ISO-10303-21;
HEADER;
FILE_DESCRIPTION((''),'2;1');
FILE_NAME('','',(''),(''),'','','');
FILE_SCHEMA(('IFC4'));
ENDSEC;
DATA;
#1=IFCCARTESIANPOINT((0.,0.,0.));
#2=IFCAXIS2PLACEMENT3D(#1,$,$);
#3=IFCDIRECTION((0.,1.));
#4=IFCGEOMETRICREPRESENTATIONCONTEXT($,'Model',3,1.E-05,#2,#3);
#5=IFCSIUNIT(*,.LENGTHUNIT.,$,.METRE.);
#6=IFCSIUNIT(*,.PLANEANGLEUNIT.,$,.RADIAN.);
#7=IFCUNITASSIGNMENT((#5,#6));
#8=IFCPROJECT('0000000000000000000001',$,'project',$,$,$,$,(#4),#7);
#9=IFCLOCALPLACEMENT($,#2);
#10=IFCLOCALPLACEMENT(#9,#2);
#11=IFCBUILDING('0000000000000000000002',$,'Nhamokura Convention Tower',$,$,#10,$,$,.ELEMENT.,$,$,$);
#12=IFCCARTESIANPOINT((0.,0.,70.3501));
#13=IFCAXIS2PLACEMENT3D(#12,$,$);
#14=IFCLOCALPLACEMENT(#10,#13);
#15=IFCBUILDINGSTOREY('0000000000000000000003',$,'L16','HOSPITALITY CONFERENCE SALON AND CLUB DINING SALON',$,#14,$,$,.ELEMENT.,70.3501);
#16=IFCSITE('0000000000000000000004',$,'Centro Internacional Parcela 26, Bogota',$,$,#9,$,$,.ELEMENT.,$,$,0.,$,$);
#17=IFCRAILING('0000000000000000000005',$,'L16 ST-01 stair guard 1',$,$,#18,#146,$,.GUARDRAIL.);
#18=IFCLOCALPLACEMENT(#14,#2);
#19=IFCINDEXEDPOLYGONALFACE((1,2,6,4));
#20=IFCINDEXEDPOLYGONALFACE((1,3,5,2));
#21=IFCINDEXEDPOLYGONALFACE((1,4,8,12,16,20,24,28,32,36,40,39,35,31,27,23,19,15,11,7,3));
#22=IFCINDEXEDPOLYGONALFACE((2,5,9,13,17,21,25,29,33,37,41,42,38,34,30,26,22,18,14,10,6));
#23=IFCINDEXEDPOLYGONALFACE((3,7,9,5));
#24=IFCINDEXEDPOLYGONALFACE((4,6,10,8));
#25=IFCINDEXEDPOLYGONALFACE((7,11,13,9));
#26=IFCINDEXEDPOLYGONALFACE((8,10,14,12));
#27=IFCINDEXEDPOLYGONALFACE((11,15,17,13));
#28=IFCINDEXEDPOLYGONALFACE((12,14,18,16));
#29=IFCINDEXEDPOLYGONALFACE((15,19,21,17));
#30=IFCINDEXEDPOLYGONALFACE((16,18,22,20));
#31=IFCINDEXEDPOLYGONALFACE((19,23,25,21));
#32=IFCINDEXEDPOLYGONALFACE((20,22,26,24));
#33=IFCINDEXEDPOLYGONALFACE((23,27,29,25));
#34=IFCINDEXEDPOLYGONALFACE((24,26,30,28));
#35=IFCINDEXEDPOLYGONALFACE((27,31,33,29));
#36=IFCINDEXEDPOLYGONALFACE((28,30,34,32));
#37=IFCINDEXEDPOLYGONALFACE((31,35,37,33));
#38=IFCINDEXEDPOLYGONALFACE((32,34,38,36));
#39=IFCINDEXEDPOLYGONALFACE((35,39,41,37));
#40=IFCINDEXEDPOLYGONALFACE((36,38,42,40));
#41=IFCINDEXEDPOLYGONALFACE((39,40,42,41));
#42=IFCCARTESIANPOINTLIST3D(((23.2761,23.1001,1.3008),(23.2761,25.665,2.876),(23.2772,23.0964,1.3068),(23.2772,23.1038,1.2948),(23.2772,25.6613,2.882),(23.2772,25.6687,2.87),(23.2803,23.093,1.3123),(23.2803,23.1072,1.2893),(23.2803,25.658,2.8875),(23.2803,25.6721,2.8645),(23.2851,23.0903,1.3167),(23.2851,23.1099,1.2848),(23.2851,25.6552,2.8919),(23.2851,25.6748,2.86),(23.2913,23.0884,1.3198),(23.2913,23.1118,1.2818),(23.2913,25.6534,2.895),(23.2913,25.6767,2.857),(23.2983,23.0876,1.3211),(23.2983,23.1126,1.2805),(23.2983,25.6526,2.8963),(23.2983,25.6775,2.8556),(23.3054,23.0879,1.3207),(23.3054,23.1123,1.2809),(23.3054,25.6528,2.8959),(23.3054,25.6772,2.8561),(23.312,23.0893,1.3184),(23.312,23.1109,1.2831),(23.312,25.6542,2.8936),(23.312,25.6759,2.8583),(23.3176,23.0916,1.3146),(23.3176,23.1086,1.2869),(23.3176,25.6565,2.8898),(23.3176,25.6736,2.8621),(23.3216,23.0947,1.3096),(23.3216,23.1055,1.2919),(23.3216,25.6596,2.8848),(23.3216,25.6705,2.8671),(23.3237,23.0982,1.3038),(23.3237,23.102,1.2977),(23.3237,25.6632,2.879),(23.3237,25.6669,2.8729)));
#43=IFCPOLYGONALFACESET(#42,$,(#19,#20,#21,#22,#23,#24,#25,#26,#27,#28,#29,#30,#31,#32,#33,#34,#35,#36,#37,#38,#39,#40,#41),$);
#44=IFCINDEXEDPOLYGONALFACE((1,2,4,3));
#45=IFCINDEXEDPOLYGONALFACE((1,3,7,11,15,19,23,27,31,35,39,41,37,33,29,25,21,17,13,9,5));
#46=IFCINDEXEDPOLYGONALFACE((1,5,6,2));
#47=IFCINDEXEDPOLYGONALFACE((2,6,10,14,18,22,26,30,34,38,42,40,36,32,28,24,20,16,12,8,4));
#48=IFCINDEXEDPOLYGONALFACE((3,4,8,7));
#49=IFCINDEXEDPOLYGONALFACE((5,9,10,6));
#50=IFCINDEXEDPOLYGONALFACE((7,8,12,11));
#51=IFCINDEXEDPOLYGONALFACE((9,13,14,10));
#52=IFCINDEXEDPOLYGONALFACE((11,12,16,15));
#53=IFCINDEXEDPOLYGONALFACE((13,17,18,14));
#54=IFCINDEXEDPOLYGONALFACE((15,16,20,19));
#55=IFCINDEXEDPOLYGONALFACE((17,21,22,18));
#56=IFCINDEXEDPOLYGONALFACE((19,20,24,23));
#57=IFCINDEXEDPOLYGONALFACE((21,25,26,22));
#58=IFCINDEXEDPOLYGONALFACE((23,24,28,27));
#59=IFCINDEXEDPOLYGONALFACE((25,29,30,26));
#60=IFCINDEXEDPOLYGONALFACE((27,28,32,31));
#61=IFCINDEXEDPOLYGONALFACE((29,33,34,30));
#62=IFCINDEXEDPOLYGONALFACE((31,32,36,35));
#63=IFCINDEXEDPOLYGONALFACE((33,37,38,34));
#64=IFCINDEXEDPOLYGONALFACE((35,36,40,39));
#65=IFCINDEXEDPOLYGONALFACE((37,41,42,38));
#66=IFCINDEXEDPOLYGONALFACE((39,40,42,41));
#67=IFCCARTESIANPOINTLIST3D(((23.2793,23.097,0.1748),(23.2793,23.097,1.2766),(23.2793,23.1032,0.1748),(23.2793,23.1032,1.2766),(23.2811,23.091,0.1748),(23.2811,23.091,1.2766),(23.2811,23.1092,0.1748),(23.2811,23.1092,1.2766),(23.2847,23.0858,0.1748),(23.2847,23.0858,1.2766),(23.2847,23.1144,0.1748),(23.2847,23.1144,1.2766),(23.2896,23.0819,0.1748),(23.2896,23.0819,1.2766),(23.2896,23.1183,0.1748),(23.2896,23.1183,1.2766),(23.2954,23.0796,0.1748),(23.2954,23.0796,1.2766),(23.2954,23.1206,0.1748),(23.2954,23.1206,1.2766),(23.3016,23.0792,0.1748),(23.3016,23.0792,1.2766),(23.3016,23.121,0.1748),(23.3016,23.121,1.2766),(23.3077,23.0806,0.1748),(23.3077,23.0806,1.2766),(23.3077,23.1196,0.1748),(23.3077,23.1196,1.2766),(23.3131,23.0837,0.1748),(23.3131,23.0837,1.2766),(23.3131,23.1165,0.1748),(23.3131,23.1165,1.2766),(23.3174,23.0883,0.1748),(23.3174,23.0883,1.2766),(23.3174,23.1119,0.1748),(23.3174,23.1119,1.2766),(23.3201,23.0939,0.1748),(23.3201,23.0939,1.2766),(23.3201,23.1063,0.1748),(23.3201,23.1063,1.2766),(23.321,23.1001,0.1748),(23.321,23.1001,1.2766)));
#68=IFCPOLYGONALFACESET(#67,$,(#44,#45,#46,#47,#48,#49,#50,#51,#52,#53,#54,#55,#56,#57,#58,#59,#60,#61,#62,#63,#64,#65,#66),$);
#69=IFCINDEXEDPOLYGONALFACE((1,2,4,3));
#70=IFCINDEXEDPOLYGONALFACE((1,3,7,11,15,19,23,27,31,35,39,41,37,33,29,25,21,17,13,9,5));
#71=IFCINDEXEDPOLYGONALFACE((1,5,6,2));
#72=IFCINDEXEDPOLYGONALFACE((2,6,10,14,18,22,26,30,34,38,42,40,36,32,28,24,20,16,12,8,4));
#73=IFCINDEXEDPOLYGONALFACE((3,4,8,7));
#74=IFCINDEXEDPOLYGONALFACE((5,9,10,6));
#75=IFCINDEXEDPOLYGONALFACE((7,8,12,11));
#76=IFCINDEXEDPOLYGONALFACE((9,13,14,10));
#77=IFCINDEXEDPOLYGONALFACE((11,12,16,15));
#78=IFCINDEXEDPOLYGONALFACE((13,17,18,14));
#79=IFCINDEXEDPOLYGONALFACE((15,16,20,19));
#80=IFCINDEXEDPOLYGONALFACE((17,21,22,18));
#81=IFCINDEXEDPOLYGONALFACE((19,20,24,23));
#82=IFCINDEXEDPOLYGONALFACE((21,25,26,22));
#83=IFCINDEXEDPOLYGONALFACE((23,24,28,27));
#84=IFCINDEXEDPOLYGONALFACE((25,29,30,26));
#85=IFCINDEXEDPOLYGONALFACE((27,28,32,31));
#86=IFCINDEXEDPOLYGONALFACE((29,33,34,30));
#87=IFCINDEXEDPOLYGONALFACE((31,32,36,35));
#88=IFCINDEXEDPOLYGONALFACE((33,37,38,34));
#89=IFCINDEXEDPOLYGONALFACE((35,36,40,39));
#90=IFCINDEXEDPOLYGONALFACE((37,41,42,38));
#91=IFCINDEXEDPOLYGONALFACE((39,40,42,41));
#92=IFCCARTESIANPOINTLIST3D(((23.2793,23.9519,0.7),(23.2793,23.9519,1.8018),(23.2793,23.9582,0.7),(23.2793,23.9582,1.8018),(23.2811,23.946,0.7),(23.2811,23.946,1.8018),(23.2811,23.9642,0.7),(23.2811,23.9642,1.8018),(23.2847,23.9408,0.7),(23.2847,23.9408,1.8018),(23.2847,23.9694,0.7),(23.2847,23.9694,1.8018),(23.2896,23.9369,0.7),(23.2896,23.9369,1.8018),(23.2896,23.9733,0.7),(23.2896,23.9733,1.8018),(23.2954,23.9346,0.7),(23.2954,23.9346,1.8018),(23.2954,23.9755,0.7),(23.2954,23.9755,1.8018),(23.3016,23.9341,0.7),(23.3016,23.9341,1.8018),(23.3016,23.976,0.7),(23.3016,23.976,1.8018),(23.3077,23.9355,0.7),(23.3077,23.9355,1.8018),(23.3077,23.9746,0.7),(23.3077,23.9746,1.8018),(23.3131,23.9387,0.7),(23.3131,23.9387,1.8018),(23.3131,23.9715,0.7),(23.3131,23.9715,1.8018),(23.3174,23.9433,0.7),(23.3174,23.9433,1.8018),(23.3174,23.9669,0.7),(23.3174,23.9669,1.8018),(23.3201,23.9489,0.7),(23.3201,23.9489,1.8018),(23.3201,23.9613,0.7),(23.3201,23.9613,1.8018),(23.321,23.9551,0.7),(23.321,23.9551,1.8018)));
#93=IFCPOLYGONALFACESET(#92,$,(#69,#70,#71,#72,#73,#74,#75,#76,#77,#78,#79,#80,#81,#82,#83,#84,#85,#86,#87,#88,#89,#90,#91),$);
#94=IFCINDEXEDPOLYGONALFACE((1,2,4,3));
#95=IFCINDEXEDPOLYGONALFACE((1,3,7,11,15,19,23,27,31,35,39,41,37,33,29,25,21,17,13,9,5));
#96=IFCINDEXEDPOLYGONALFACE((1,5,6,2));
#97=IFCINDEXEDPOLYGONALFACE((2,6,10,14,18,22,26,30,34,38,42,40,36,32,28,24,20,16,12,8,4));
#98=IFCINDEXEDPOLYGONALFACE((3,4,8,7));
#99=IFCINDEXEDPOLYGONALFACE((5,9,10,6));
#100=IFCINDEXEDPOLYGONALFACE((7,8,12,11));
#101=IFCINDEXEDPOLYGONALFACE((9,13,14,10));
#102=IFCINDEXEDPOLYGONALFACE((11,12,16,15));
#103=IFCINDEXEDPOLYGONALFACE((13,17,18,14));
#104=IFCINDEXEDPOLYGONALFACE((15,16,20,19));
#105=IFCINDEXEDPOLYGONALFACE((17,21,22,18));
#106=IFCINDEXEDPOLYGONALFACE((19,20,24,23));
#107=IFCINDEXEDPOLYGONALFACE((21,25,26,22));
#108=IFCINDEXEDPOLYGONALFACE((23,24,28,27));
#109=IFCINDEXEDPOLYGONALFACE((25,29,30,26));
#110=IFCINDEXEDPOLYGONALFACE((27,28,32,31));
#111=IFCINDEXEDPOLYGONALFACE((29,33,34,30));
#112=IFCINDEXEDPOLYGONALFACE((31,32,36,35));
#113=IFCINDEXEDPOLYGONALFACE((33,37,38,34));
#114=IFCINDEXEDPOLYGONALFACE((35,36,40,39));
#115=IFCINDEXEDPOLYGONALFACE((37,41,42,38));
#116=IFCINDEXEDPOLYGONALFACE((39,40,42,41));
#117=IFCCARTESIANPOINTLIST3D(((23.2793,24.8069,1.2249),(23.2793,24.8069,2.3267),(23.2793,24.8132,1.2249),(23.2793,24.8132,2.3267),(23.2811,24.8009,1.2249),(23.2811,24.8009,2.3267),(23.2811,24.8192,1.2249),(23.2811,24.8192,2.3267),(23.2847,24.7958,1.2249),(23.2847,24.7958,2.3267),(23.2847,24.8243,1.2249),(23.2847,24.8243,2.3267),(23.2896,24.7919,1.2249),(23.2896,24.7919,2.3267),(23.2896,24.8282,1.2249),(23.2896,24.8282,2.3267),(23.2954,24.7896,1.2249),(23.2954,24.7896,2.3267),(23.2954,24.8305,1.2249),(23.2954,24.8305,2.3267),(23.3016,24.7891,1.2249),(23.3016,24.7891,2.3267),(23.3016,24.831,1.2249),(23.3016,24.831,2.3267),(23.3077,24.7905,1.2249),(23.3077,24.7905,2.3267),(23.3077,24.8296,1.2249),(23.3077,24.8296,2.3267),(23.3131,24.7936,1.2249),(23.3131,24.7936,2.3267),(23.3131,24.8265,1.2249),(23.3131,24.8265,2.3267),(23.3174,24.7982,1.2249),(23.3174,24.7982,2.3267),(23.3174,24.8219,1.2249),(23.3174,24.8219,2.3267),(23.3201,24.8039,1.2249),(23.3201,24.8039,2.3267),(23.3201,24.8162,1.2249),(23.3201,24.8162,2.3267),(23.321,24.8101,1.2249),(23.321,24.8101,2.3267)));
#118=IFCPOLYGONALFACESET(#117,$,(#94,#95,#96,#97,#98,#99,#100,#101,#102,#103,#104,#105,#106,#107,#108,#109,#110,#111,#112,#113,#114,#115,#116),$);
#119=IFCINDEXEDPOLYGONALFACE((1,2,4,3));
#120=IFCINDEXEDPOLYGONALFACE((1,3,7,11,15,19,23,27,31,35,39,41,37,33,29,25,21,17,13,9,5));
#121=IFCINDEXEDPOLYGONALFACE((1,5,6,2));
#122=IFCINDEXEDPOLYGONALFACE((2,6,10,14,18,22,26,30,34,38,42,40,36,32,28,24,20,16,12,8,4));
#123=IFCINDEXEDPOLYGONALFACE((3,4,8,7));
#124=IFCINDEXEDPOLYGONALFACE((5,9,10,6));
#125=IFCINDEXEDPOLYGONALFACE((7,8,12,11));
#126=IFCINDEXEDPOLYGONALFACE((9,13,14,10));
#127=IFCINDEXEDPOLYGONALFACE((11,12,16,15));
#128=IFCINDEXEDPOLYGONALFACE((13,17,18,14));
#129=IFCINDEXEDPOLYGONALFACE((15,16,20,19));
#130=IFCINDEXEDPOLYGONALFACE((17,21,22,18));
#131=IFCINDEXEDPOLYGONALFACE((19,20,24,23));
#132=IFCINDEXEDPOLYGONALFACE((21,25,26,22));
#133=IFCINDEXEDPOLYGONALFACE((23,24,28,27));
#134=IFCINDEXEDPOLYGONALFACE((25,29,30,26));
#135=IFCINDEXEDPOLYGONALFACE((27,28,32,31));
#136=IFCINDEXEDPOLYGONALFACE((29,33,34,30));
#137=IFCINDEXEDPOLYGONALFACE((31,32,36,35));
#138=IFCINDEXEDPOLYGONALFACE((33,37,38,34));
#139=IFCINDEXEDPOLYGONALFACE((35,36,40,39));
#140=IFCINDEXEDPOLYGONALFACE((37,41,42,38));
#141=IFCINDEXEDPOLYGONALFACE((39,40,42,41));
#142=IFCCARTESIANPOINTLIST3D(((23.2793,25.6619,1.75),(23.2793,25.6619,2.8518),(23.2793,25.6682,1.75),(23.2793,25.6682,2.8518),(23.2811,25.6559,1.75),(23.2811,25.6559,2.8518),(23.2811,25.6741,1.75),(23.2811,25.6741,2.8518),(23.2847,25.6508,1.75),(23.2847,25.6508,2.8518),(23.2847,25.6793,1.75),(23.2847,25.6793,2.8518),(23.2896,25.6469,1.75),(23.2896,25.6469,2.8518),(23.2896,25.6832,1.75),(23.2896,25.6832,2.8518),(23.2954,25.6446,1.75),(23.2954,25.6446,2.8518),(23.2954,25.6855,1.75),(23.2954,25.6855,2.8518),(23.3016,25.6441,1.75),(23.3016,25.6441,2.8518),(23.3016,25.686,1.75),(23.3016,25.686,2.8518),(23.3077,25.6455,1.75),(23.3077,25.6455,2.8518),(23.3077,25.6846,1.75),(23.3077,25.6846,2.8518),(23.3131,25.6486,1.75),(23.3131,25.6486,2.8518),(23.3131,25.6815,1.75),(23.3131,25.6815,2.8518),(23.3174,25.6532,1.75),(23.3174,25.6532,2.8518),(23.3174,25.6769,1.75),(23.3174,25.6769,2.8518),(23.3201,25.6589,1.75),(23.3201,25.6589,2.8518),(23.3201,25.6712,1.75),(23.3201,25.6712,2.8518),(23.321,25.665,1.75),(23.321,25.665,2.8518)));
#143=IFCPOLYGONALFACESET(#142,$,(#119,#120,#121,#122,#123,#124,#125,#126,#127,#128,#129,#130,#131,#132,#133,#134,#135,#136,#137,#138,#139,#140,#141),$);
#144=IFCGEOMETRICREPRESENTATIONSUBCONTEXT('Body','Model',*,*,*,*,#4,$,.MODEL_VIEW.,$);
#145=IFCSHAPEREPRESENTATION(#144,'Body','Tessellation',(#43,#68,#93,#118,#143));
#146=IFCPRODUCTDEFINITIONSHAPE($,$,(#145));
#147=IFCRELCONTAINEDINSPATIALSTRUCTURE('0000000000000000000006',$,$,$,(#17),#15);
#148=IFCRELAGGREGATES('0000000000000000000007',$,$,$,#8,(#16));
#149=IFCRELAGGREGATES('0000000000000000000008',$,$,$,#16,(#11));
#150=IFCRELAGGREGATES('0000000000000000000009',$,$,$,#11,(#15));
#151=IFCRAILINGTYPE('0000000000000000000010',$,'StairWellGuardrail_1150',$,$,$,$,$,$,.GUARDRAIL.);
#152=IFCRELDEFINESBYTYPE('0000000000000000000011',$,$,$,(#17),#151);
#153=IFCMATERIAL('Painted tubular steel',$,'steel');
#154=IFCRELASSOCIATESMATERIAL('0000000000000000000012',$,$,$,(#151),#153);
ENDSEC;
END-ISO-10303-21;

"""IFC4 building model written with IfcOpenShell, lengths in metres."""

from ifc_helpers import new_model, si_unit, direction, frame, origin, origin_2d, place, context, subcontext, project, spatial, circle, extrude, material, type_object, element, save


model = new_model("IFC4")

# Units and contexts
model_context = context("Model", 3, precision=1e-05, world=origin(), true_north=direction((0.0, 1.0)))
body_context = subcontext(model_context, "Body", "Model", "MODEL_VIEW")
ifc_project = project(units=[si_unit("LENGTHUNIT", "METRE"), si_unit("PLANEANGLEUNIT", "RADIAN")], contexts=[model_context])

# Site, building, storey
site_placement = place(None, origin())
site = spatial("IfcSite", under=ifc_project, at=site_placement, Name="Centro Internacional Parcela 26, Bogota", CompositionType="ELEMENT", RefElevation=0.0)
building_placement = place(site_placement, origin())
building = spatial("IfcBuilding", under=site, at=building_placement, Name="Nhamokura Convention Tower", CompositionType="ELEMENT")
storey_placement = place(building_placement, frame((0.0, 0.0, 70.3501)))
storey = spatial("IfcBuildingStorey", under=building, at=storey_placement, Name="L16", Description="HOSPITALITY CONFERENCE SALON AND CLUB DINING SALON", CompositionType="ELEMENT", Elevation=70.3501)

# Railing
ifc_material_1 = material(Name="Painted tubular steel", Category="steel")
railing_type_1 = type_object("IfcRailingType", Name="StairWellGuardrail_1150", PredefinedType="GUARDRAIL", material=ifc_material_1)
railing_1_placement = place(storey_placement, frame((23.3, 23.1001, 0.1748)))
element("IfcRailing", 1, at=railing_1_placement, inside=storey, type_object=railing_type_1, Name="L16 ST-01 stair guard 1", PredefinedType="GUARDRAIL", context=body_context, shape_type="SweptSolid", body=[
    extrude(circle(Radius=0.0239, at=origin_2d()), frame((0.0, 0.0, 1.126), z_axis=(0.0, 0.852137, 0.523319), x_axis=(-1.0, 0.0, 0.0)), (0.0, 0.0, 1.0), 3.01),
    extrude(circle(Radius=0.021, at=origin_2d()), origin(), (0.0, 0.0, 1.0), 1.1018),
    extrude(circle(Radius=0.021, at=origin_2d()), frame((0.0, 0.855, 0.5251)), (0.0, 0.0, 1.0), 1.1018),
    extrude(circle(Radius=0.021, at=origin_2d()), frame((0.0, 1.71, 1.05)), (0.0, 0.0, 1.0), 1.1018),
    extrude(circle(Radius=0.021, at=origin_2d()), frame((0.0, 2.5649, 1.5752)), (0.0, 0.0, 1.0), 1.1018),
])

save(model, "model.ifc")
